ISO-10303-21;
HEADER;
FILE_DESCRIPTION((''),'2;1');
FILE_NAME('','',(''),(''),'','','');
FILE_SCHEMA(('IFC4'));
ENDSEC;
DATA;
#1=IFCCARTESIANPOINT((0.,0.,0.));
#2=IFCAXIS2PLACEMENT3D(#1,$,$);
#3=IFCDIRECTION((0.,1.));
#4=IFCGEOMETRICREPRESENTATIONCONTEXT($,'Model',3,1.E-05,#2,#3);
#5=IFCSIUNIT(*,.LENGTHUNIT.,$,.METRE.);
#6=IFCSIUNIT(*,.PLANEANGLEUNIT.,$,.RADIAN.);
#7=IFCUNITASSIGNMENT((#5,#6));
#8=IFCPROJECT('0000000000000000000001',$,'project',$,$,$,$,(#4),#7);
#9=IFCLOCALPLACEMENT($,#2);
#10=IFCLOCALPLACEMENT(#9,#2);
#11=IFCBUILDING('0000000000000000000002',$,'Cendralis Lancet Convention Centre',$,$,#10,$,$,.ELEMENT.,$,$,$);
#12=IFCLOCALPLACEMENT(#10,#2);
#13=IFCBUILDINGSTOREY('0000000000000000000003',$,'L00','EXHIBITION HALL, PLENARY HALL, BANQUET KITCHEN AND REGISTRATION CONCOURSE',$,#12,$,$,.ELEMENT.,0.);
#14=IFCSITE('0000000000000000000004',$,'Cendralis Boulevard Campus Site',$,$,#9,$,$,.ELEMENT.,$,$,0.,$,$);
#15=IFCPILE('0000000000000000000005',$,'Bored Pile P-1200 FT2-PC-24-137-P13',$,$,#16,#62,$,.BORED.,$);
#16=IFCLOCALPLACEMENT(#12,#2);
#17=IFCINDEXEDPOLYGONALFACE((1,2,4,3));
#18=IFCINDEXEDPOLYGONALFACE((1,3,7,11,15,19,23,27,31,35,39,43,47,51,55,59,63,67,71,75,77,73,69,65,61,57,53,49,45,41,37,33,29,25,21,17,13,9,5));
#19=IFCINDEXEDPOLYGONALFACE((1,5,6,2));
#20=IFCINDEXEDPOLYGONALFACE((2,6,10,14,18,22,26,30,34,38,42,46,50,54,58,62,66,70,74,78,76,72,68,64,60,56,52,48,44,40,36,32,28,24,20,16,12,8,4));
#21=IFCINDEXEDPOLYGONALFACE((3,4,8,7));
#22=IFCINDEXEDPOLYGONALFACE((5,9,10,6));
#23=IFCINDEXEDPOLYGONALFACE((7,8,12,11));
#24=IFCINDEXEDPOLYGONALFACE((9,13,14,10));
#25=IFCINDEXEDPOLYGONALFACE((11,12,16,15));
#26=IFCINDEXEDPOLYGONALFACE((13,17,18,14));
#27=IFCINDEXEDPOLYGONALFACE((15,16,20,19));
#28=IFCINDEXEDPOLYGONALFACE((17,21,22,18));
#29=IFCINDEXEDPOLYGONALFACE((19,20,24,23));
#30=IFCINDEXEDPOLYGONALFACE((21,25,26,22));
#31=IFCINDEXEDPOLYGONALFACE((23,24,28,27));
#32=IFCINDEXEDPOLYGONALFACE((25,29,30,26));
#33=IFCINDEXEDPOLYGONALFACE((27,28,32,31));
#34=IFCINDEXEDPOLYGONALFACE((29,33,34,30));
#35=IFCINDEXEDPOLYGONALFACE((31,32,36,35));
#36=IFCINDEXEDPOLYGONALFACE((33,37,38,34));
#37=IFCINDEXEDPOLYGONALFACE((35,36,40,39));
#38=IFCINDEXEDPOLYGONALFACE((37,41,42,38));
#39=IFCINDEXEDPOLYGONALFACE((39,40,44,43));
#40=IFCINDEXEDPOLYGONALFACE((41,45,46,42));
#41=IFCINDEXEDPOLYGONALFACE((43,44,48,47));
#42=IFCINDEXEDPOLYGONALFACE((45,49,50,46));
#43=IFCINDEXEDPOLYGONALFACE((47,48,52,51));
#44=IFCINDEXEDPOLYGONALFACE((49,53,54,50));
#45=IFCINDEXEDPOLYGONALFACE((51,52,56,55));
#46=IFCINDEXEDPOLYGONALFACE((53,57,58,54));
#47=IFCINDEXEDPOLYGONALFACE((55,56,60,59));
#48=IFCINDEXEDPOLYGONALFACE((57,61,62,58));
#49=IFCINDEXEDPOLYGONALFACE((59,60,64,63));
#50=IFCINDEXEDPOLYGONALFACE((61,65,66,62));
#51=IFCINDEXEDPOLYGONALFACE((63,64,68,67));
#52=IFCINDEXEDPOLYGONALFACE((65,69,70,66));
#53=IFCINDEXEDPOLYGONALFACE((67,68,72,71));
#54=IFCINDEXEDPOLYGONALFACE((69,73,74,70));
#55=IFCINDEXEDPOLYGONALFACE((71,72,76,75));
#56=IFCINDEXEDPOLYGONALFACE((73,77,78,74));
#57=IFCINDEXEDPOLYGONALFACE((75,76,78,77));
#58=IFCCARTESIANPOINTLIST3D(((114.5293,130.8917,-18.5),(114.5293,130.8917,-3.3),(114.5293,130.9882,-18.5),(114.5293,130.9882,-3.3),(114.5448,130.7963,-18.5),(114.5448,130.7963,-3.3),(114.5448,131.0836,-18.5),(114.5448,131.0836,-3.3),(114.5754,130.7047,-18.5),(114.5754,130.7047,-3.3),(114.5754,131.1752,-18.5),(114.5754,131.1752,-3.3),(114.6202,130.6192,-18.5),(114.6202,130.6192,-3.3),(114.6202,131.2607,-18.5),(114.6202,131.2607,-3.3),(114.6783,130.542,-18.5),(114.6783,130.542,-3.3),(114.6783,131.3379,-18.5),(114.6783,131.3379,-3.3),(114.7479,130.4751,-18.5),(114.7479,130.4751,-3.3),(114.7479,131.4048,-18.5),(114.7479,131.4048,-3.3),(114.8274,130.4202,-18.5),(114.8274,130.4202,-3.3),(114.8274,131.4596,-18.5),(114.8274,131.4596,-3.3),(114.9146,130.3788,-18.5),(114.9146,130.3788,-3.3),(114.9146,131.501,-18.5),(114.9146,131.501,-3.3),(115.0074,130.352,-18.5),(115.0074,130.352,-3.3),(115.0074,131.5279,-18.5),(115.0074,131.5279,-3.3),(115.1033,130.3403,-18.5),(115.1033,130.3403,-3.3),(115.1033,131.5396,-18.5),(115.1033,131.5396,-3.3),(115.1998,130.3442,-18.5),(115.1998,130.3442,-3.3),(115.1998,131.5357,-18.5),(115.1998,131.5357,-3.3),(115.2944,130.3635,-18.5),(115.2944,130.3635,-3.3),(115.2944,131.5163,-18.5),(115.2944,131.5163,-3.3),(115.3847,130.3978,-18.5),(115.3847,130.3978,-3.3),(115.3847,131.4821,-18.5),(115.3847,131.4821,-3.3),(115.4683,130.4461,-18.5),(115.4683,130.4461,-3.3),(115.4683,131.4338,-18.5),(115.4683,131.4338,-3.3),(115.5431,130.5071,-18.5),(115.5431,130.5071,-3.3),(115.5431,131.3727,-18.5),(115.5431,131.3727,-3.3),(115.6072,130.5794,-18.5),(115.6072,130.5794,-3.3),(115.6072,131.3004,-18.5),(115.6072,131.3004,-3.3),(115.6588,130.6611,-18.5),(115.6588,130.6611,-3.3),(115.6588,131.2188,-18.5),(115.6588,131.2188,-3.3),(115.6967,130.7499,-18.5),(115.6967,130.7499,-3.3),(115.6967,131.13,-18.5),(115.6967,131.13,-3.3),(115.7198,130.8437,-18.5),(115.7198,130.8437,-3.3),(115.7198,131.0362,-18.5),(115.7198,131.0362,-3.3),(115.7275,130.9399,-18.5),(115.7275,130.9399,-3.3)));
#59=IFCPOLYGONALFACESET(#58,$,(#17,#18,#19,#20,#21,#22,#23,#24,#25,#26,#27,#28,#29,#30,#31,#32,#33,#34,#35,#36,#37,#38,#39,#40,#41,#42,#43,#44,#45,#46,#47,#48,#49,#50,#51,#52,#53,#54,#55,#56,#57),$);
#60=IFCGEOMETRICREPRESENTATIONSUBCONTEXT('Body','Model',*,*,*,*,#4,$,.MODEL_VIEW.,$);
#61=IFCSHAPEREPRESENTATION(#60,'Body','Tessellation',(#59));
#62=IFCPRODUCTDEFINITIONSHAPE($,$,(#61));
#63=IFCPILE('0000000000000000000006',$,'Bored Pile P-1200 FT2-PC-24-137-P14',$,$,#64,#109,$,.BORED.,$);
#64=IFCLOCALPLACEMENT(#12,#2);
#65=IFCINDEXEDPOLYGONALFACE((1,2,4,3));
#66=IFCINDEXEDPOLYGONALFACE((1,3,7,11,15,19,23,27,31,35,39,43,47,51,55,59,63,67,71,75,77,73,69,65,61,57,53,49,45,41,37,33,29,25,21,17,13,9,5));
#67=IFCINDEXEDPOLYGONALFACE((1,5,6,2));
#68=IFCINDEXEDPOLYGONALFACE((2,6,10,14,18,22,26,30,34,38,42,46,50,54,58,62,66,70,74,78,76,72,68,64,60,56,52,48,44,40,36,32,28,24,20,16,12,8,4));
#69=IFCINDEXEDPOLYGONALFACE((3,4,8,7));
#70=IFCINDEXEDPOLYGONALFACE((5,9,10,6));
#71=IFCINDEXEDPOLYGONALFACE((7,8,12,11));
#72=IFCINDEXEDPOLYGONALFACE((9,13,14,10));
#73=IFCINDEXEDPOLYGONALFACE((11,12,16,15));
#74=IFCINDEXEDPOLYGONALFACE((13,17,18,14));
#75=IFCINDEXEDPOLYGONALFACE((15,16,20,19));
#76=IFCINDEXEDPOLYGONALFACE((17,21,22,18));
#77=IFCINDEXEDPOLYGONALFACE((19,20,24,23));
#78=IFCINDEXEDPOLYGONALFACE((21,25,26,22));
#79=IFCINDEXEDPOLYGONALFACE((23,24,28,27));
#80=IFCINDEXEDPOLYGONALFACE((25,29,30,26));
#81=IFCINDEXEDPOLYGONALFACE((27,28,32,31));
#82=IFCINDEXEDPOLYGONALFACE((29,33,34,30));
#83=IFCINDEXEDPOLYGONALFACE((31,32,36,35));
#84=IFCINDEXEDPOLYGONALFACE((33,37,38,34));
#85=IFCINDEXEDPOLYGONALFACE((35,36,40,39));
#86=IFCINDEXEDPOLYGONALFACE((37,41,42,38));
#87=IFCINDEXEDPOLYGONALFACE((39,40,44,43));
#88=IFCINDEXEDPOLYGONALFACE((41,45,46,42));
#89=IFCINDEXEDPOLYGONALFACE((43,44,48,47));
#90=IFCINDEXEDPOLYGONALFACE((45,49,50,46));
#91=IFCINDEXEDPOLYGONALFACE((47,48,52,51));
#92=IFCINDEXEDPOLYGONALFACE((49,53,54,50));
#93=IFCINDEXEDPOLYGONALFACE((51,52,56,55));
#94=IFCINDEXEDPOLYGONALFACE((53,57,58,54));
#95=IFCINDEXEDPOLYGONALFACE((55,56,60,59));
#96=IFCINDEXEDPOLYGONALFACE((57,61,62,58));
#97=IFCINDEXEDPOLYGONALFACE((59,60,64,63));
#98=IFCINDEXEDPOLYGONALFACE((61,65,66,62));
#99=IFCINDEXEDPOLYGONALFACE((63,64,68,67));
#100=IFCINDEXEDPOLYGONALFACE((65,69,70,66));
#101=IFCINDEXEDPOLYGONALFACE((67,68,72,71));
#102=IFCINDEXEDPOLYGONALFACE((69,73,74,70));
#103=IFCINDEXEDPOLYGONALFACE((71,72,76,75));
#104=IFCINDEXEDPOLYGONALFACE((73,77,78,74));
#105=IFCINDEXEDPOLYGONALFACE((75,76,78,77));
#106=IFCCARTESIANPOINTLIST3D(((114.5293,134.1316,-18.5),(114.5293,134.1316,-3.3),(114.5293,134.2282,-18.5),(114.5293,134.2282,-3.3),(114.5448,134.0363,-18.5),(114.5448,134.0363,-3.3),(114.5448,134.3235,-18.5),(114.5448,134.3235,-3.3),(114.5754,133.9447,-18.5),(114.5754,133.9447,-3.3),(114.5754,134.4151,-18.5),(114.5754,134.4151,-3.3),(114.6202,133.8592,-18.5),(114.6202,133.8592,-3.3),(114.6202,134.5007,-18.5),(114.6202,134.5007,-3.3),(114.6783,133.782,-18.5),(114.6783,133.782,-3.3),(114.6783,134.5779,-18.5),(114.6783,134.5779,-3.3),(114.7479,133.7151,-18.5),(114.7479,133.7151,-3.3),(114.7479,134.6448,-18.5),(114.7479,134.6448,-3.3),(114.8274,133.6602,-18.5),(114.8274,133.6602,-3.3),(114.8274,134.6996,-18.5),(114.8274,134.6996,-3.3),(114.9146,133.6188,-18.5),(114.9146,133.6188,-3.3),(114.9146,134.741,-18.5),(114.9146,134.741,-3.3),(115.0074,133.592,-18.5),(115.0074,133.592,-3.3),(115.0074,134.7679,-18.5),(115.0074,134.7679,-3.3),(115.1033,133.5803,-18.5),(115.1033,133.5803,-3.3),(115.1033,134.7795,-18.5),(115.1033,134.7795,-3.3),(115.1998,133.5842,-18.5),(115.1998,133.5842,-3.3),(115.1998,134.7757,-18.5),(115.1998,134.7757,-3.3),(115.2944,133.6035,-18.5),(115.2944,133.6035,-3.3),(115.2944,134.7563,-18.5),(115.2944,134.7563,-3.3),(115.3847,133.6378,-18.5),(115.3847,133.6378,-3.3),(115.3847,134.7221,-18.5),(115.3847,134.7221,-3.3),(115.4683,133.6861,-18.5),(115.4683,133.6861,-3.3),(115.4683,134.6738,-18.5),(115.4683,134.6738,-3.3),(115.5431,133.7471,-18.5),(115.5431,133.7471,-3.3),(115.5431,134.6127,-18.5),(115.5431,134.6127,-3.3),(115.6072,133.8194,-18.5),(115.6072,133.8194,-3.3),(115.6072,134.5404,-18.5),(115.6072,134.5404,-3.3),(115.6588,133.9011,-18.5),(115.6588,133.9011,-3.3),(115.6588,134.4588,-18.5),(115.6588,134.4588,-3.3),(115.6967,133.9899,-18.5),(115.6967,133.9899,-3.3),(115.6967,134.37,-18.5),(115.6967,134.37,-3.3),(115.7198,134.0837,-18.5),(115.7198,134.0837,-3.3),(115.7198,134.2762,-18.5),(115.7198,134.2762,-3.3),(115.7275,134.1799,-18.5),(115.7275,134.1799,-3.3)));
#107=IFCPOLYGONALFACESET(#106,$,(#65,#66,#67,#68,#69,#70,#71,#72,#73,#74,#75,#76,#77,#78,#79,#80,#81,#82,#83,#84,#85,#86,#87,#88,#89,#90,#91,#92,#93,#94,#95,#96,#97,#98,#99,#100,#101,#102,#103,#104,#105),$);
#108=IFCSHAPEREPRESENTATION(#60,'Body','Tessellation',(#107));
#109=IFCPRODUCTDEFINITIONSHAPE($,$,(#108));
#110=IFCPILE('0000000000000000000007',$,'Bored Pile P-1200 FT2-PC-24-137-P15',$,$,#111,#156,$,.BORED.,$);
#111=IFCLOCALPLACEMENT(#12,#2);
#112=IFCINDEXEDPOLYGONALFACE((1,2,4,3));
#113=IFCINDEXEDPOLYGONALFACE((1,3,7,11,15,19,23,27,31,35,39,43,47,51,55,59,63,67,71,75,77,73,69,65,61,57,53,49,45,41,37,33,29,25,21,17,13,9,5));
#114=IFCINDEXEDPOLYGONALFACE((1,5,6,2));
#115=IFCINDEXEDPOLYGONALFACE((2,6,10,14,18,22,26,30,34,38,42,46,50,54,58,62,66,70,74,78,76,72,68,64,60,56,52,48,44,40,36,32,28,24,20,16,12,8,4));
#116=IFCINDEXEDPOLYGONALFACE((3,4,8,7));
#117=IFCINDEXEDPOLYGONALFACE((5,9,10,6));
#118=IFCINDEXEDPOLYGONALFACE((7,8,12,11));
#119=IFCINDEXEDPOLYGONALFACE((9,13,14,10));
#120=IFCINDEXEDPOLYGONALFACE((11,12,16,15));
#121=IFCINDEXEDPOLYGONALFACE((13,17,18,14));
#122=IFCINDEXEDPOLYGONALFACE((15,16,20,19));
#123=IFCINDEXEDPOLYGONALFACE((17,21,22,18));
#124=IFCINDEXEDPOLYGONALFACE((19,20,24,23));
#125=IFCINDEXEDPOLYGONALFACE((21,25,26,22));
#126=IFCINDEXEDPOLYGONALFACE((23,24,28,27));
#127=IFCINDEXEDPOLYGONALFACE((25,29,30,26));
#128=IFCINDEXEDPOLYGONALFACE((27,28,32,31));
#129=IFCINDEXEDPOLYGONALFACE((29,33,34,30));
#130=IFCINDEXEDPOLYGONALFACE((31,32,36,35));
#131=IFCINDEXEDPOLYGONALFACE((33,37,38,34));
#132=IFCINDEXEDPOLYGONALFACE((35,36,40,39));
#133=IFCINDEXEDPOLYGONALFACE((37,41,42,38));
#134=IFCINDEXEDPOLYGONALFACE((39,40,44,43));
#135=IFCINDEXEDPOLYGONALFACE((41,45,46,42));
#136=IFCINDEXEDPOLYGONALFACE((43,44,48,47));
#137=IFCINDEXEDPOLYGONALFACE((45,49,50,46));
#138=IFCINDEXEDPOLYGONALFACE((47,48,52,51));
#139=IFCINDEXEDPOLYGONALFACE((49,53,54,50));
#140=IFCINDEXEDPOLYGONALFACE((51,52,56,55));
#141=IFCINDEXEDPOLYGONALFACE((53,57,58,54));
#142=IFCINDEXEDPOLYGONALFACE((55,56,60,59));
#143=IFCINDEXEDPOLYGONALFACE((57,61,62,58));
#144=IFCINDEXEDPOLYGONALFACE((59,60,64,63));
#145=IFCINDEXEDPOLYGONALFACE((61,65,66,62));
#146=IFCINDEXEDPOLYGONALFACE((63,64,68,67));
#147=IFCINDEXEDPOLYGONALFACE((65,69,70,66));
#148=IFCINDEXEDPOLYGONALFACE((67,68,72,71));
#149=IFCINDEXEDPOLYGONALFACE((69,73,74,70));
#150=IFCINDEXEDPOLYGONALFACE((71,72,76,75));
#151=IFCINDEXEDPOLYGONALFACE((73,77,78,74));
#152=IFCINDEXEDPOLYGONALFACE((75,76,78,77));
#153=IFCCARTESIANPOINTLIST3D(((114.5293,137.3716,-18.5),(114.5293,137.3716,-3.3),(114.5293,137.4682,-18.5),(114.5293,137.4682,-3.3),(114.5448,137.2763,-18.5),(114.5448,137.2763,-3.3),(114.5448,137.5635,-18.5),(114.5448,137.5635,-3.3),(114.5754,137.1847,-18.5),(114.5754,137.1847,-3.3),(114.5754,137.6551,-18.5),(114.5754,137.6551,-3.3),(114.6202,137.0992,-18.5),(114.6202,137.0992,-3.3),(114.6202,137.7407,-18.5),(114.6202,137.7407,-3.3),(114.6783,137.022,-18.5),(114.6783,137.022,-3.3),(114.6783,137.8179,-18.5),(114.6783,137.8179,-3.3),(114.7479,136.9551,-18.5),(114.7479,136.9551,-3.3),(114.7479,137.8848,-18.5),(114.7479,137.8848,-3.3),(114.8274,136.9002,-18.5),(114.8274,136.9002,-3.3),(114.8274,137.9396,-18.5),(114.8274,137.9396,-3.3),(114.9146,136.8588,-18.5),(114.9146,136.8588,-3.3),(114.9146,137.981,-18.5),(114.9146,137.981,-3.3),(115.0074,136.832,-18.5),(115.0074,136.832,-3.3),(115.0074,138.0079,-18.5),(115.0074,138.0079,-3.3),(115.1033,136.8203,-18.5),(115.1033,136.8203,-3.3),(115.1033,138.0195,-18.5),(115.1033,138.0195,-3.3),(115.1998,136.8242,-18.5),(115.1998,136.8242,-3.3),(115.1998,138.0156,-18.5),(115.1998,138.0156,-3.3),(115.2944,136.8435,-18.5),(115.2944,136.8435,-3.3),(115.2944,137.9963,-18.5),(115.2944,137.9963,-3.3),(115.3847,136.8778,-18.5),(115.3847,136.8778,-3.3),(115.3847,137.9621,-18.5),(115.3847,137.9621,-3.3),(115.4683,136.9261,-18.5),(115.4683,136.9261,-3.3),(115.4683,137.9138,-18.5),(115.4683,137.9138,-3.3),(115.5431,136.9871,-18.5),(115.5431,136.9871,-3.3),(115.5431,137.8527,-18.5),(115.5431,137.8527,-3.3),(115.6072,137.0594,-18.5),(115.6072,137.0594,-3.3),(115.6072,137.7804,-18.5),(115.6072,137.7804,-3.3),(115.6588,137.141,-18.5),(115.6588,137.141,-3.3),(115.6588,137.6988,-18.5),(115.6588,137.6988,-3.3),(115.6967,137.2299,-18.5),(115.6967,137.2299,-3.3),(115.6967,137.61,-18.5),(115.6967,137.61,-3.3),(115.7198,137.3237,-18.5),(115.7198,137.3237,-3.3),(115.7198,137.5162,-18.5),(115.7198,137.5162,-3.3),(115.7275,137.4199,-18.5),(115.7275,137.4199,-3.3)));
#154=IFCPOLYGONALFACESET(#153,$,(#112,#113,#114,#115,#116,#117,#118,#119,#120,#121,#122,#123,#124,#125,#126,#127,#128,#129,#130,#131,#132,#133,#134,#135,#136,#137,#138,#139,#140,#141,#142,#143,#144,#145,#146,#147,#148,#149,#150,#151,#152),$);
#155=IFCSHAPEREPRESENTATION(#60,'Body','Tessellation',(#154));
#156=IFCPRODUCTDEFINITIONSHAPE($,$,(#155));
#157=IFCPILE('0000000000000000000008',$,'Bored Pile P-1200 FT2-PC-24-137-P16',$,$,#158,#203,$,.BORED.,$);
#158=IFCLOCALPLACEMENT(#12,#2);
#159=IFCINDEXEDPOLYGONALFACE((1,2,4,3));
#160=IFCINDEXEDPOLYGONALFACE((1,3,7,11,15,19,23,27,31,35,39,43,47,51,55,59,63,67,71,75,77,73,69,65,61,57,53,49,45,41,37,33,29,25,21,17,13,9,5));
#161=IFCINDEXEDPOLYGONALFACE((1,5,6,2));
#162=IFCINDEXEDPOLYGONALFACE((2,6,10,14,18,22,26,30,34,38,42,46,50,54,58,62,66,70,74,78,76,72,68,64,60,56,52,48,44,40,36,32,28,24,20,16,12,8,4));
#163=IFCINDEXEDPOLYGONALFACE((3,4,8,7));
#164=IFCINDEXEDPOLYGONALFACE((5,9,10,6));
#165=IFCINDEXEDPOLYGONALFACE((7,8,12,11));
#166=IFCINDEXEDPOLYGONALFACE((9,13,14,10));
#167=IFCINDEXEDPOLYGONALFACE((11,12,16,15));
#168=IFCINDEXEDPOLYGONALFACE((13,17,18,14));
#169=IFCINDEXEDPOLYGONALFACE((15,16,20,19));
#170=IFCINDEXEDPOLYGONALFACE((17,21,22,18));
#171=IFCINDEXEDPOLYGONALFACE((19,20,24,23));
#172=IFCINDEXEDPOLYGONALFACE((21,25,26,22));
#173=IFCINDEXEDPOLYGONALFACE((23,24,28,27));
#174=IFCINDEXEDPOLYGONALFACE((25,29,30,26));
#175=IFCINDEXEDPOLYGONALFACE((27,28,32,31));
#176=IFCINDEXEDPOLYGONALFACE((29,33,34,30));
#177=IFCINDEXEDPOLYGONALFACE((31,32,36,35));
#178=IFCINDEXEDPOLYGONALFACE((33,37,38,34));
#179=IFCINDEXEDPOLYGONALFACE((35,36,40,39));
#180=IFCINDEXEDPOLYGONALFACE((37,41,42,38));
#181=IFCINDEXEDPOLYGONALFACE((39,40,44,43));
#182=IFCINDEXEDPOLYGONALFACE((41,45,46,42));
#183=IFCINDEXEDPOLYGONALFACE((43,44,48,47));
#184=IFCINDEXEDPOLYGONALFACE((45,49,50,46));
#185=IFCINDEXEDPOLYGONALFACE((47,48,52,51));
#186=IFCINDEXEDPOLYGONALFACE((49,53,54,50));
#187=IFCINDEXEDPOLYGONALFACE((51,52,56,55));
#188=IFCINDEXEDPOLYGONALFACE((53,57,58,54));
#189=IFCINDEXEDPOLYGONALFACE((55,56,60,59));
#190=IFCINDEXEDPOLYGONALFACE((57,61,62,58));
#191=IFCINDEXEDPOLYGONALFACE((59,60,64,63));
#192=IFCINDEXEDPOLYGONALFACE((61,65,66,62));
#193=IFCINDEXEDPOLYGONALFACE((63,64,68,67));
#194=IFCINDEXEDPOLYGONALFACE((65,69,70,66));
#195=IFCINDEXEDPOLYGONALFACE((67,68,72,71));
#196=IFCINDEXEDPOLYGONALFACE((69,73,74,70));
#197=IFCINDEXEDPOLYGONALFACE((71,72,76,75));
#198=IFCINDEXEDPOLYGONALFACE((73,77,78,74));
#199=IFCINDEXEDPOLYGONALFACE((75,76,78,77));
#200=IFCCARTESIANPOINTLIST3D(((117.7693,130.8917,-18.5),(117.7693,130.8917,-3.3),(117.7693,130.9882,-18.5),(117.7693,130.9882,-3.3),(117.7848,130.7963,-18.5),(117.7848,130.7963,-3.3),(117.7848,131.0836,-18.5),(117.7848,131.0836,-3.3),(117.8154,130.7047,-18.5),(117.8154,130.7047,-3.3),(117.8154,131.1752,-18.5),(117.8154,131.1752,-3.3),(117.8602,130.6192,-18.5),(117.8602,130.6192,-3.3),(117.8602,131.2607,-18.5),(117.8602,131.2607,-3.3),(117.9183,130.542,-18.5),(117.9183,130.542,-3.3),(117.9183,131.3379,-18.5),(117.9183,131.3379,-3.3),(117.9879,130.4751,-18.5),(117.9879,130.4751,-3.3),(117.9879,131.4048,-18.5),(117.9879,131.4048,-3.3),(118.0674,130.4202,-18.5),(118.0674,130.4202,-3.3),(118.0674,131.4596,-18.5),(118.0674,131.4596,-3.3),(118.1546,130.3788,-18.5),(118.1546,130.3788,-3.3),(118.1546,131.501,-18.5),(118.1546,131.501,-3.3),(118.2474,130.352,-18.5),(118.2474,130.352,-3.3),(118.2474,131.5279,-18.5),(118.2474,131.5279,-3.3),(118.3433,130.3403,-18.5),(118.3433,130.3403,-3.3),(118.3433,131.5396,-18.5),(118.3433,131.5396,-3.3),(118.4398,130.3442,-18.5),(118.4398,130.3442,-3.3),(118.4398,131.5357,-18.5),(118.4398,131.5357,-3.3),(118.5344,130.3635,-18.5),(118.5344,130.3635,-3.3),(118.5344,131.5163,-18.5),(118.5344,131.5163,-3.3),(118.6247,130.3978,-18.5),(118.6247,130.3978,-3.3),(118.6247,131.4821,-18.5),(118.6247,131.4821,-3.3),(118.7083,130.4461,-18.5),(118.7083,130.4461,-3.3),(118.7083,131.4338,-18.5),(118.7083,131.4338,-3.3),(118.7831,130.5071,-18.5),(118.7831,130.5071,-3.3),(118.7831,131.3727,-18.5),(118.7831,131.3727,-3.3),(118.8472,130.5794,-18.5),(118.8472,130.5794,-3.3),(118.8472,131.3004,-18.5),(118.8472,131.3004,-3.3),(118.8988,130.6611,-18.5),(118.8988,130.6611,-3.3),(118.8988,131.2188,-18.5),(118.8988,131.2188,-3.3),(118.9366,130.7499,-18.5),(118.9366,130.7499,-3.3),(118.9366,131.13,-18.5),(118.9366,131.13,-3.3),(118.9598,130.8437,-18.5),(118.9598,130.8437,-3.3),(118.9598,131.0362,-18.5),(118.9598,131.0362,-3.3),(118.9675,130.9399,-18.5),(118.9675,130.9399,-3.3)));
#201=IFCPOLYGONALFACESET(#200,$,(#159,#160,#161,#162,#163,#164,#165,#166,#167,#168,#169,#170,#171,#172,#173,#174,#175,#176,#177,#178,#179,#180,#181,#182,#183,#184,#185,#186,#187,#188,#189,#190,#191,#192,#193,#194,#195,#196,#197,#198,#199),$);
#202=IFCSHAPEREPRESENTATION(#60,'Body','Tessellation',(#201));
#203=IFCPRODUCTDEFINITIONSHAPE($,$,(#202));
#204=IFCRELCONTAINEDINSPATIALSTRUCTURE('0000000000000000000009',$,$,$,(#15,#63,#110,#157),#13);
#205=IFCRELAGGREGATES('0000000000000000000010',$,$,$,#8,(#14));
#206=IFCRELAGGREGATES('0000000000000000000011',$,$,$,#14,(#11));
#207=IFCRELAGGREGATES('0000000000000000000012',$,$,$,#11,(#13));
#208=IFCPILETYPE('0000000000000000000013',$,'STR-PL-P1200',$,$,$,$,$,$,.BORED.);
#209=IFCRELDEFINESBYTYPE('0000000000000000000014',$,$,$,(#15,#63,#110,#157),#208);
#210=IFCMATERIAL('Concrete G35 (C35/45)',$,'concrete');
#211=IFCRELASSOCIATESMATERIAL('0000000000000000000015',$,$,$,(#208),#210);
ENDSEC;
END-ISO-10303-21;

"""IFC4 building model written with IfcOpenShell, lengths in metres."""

from ifc_helpers import new_model, si_unit, direction, frame, origin, origin_2d, place, context, subcontext, project, spatial, circle, extrude, material, material_profile, profile_set, type_object, element, save


model = new_model("IFC4")

# Units and contexts
model_context = context("Model", 3, precision=1e-05, world=origin(), true_north=direction((0.0, 1.0)))
body_context = subcontext(model_context, "Body", "Model", "MODEL_VIEW")
ifc_project = project(units=[si_unit("LENGTHUNIT", "METRE"), si_unit("PLANEANGLEUNIT", "RADIAN")], contexts=[model_context])

# Site, building, storey
site_placement = place(None, origin())
site = spatial("IfcSite", under=ifc_project, at=site_placement, Name="Cendralis Boulevard Campus Site", CompositionType="ELEMENT", RefElevation=0.0)
building_placement = place(site_placement, origin())
building = spatial("IfcBuilding", under=site, at=building_placement, Name="Cendralis Lancet Convention Centre", CompositionType="ELEMENT")
storey_placement = place(building_placement, origin())
storey = spatial("IfcBuildingStorey", under=building, at=storey_placement, Name="L00", Description="EXHIBITION HALL, PLENARY HALL, BANQUET KITCHEN AND REGISTRATION CONCOURSE", CompositionType="ELEMENT", Elevation=0.0)

# Shared definitions
ifc_material_1 = material(Name="Concrete G35 (C35/45)", Category="concrete")

# Piles
ifc_material_profile_1 = material_profile(ifc_material_1, circle(Radius=0.6001, at=origin_2d()), Name="BORED PILE D1200")
ifc_profile_set_1 = profile_set([ifc_material_profile_1], Name="Concrete G35 (C35/45)")
pile_type_1 = type_object("IfcPileType", Name="STR-PL-P1200", PredefinedType="BORED", material=ifc_profile_set_1)
for number, where, z_axis, x_axis, name in (
    (1, (115.1274, 130.9399, -3.3), (0.0, 0.0, -1.0), (1.0, 0.0, 0.0), "Bored Pile P-1200 FT2-PC-24-137-P13"),
    (2, (115.1274, 134.1799, -3.3), (0.0, 0.0, -1.0), (1.0, 0.0, 0.0), "Bored Pile P-1200 FT2-PC-24-137-P14"),
    (3, (115.1274, 137.4199, -3.3), (0.0, 0.0, -1.0), (1.0, 0.0, 0.0), "Bored Pile P-1200 FT2-PC-24-137-P15"),
    (4, (118.3674, 130.9399, -3.3), (0.0, 0.0, -1.0), (1.0, 0.0, 0.0), "Bored Pile P-1200 FT2-PC-24-137-P16"),
):
    element("IfcPile", number, at=place(storey_placement, frame(where, z_axis=z_axis, x_axis=x_axis)), inside=storey, type_object=pile_type_1, Name=name, PredefinedType="BORED", context=body_context, shape_type="SweptSolid", body=[
        extrude(circle(Radius=0.6001, at=origin_2d()), origin(), (0.0, 0.0, 1.0), 15.2),
    ])

save(model, "model.ifc")
